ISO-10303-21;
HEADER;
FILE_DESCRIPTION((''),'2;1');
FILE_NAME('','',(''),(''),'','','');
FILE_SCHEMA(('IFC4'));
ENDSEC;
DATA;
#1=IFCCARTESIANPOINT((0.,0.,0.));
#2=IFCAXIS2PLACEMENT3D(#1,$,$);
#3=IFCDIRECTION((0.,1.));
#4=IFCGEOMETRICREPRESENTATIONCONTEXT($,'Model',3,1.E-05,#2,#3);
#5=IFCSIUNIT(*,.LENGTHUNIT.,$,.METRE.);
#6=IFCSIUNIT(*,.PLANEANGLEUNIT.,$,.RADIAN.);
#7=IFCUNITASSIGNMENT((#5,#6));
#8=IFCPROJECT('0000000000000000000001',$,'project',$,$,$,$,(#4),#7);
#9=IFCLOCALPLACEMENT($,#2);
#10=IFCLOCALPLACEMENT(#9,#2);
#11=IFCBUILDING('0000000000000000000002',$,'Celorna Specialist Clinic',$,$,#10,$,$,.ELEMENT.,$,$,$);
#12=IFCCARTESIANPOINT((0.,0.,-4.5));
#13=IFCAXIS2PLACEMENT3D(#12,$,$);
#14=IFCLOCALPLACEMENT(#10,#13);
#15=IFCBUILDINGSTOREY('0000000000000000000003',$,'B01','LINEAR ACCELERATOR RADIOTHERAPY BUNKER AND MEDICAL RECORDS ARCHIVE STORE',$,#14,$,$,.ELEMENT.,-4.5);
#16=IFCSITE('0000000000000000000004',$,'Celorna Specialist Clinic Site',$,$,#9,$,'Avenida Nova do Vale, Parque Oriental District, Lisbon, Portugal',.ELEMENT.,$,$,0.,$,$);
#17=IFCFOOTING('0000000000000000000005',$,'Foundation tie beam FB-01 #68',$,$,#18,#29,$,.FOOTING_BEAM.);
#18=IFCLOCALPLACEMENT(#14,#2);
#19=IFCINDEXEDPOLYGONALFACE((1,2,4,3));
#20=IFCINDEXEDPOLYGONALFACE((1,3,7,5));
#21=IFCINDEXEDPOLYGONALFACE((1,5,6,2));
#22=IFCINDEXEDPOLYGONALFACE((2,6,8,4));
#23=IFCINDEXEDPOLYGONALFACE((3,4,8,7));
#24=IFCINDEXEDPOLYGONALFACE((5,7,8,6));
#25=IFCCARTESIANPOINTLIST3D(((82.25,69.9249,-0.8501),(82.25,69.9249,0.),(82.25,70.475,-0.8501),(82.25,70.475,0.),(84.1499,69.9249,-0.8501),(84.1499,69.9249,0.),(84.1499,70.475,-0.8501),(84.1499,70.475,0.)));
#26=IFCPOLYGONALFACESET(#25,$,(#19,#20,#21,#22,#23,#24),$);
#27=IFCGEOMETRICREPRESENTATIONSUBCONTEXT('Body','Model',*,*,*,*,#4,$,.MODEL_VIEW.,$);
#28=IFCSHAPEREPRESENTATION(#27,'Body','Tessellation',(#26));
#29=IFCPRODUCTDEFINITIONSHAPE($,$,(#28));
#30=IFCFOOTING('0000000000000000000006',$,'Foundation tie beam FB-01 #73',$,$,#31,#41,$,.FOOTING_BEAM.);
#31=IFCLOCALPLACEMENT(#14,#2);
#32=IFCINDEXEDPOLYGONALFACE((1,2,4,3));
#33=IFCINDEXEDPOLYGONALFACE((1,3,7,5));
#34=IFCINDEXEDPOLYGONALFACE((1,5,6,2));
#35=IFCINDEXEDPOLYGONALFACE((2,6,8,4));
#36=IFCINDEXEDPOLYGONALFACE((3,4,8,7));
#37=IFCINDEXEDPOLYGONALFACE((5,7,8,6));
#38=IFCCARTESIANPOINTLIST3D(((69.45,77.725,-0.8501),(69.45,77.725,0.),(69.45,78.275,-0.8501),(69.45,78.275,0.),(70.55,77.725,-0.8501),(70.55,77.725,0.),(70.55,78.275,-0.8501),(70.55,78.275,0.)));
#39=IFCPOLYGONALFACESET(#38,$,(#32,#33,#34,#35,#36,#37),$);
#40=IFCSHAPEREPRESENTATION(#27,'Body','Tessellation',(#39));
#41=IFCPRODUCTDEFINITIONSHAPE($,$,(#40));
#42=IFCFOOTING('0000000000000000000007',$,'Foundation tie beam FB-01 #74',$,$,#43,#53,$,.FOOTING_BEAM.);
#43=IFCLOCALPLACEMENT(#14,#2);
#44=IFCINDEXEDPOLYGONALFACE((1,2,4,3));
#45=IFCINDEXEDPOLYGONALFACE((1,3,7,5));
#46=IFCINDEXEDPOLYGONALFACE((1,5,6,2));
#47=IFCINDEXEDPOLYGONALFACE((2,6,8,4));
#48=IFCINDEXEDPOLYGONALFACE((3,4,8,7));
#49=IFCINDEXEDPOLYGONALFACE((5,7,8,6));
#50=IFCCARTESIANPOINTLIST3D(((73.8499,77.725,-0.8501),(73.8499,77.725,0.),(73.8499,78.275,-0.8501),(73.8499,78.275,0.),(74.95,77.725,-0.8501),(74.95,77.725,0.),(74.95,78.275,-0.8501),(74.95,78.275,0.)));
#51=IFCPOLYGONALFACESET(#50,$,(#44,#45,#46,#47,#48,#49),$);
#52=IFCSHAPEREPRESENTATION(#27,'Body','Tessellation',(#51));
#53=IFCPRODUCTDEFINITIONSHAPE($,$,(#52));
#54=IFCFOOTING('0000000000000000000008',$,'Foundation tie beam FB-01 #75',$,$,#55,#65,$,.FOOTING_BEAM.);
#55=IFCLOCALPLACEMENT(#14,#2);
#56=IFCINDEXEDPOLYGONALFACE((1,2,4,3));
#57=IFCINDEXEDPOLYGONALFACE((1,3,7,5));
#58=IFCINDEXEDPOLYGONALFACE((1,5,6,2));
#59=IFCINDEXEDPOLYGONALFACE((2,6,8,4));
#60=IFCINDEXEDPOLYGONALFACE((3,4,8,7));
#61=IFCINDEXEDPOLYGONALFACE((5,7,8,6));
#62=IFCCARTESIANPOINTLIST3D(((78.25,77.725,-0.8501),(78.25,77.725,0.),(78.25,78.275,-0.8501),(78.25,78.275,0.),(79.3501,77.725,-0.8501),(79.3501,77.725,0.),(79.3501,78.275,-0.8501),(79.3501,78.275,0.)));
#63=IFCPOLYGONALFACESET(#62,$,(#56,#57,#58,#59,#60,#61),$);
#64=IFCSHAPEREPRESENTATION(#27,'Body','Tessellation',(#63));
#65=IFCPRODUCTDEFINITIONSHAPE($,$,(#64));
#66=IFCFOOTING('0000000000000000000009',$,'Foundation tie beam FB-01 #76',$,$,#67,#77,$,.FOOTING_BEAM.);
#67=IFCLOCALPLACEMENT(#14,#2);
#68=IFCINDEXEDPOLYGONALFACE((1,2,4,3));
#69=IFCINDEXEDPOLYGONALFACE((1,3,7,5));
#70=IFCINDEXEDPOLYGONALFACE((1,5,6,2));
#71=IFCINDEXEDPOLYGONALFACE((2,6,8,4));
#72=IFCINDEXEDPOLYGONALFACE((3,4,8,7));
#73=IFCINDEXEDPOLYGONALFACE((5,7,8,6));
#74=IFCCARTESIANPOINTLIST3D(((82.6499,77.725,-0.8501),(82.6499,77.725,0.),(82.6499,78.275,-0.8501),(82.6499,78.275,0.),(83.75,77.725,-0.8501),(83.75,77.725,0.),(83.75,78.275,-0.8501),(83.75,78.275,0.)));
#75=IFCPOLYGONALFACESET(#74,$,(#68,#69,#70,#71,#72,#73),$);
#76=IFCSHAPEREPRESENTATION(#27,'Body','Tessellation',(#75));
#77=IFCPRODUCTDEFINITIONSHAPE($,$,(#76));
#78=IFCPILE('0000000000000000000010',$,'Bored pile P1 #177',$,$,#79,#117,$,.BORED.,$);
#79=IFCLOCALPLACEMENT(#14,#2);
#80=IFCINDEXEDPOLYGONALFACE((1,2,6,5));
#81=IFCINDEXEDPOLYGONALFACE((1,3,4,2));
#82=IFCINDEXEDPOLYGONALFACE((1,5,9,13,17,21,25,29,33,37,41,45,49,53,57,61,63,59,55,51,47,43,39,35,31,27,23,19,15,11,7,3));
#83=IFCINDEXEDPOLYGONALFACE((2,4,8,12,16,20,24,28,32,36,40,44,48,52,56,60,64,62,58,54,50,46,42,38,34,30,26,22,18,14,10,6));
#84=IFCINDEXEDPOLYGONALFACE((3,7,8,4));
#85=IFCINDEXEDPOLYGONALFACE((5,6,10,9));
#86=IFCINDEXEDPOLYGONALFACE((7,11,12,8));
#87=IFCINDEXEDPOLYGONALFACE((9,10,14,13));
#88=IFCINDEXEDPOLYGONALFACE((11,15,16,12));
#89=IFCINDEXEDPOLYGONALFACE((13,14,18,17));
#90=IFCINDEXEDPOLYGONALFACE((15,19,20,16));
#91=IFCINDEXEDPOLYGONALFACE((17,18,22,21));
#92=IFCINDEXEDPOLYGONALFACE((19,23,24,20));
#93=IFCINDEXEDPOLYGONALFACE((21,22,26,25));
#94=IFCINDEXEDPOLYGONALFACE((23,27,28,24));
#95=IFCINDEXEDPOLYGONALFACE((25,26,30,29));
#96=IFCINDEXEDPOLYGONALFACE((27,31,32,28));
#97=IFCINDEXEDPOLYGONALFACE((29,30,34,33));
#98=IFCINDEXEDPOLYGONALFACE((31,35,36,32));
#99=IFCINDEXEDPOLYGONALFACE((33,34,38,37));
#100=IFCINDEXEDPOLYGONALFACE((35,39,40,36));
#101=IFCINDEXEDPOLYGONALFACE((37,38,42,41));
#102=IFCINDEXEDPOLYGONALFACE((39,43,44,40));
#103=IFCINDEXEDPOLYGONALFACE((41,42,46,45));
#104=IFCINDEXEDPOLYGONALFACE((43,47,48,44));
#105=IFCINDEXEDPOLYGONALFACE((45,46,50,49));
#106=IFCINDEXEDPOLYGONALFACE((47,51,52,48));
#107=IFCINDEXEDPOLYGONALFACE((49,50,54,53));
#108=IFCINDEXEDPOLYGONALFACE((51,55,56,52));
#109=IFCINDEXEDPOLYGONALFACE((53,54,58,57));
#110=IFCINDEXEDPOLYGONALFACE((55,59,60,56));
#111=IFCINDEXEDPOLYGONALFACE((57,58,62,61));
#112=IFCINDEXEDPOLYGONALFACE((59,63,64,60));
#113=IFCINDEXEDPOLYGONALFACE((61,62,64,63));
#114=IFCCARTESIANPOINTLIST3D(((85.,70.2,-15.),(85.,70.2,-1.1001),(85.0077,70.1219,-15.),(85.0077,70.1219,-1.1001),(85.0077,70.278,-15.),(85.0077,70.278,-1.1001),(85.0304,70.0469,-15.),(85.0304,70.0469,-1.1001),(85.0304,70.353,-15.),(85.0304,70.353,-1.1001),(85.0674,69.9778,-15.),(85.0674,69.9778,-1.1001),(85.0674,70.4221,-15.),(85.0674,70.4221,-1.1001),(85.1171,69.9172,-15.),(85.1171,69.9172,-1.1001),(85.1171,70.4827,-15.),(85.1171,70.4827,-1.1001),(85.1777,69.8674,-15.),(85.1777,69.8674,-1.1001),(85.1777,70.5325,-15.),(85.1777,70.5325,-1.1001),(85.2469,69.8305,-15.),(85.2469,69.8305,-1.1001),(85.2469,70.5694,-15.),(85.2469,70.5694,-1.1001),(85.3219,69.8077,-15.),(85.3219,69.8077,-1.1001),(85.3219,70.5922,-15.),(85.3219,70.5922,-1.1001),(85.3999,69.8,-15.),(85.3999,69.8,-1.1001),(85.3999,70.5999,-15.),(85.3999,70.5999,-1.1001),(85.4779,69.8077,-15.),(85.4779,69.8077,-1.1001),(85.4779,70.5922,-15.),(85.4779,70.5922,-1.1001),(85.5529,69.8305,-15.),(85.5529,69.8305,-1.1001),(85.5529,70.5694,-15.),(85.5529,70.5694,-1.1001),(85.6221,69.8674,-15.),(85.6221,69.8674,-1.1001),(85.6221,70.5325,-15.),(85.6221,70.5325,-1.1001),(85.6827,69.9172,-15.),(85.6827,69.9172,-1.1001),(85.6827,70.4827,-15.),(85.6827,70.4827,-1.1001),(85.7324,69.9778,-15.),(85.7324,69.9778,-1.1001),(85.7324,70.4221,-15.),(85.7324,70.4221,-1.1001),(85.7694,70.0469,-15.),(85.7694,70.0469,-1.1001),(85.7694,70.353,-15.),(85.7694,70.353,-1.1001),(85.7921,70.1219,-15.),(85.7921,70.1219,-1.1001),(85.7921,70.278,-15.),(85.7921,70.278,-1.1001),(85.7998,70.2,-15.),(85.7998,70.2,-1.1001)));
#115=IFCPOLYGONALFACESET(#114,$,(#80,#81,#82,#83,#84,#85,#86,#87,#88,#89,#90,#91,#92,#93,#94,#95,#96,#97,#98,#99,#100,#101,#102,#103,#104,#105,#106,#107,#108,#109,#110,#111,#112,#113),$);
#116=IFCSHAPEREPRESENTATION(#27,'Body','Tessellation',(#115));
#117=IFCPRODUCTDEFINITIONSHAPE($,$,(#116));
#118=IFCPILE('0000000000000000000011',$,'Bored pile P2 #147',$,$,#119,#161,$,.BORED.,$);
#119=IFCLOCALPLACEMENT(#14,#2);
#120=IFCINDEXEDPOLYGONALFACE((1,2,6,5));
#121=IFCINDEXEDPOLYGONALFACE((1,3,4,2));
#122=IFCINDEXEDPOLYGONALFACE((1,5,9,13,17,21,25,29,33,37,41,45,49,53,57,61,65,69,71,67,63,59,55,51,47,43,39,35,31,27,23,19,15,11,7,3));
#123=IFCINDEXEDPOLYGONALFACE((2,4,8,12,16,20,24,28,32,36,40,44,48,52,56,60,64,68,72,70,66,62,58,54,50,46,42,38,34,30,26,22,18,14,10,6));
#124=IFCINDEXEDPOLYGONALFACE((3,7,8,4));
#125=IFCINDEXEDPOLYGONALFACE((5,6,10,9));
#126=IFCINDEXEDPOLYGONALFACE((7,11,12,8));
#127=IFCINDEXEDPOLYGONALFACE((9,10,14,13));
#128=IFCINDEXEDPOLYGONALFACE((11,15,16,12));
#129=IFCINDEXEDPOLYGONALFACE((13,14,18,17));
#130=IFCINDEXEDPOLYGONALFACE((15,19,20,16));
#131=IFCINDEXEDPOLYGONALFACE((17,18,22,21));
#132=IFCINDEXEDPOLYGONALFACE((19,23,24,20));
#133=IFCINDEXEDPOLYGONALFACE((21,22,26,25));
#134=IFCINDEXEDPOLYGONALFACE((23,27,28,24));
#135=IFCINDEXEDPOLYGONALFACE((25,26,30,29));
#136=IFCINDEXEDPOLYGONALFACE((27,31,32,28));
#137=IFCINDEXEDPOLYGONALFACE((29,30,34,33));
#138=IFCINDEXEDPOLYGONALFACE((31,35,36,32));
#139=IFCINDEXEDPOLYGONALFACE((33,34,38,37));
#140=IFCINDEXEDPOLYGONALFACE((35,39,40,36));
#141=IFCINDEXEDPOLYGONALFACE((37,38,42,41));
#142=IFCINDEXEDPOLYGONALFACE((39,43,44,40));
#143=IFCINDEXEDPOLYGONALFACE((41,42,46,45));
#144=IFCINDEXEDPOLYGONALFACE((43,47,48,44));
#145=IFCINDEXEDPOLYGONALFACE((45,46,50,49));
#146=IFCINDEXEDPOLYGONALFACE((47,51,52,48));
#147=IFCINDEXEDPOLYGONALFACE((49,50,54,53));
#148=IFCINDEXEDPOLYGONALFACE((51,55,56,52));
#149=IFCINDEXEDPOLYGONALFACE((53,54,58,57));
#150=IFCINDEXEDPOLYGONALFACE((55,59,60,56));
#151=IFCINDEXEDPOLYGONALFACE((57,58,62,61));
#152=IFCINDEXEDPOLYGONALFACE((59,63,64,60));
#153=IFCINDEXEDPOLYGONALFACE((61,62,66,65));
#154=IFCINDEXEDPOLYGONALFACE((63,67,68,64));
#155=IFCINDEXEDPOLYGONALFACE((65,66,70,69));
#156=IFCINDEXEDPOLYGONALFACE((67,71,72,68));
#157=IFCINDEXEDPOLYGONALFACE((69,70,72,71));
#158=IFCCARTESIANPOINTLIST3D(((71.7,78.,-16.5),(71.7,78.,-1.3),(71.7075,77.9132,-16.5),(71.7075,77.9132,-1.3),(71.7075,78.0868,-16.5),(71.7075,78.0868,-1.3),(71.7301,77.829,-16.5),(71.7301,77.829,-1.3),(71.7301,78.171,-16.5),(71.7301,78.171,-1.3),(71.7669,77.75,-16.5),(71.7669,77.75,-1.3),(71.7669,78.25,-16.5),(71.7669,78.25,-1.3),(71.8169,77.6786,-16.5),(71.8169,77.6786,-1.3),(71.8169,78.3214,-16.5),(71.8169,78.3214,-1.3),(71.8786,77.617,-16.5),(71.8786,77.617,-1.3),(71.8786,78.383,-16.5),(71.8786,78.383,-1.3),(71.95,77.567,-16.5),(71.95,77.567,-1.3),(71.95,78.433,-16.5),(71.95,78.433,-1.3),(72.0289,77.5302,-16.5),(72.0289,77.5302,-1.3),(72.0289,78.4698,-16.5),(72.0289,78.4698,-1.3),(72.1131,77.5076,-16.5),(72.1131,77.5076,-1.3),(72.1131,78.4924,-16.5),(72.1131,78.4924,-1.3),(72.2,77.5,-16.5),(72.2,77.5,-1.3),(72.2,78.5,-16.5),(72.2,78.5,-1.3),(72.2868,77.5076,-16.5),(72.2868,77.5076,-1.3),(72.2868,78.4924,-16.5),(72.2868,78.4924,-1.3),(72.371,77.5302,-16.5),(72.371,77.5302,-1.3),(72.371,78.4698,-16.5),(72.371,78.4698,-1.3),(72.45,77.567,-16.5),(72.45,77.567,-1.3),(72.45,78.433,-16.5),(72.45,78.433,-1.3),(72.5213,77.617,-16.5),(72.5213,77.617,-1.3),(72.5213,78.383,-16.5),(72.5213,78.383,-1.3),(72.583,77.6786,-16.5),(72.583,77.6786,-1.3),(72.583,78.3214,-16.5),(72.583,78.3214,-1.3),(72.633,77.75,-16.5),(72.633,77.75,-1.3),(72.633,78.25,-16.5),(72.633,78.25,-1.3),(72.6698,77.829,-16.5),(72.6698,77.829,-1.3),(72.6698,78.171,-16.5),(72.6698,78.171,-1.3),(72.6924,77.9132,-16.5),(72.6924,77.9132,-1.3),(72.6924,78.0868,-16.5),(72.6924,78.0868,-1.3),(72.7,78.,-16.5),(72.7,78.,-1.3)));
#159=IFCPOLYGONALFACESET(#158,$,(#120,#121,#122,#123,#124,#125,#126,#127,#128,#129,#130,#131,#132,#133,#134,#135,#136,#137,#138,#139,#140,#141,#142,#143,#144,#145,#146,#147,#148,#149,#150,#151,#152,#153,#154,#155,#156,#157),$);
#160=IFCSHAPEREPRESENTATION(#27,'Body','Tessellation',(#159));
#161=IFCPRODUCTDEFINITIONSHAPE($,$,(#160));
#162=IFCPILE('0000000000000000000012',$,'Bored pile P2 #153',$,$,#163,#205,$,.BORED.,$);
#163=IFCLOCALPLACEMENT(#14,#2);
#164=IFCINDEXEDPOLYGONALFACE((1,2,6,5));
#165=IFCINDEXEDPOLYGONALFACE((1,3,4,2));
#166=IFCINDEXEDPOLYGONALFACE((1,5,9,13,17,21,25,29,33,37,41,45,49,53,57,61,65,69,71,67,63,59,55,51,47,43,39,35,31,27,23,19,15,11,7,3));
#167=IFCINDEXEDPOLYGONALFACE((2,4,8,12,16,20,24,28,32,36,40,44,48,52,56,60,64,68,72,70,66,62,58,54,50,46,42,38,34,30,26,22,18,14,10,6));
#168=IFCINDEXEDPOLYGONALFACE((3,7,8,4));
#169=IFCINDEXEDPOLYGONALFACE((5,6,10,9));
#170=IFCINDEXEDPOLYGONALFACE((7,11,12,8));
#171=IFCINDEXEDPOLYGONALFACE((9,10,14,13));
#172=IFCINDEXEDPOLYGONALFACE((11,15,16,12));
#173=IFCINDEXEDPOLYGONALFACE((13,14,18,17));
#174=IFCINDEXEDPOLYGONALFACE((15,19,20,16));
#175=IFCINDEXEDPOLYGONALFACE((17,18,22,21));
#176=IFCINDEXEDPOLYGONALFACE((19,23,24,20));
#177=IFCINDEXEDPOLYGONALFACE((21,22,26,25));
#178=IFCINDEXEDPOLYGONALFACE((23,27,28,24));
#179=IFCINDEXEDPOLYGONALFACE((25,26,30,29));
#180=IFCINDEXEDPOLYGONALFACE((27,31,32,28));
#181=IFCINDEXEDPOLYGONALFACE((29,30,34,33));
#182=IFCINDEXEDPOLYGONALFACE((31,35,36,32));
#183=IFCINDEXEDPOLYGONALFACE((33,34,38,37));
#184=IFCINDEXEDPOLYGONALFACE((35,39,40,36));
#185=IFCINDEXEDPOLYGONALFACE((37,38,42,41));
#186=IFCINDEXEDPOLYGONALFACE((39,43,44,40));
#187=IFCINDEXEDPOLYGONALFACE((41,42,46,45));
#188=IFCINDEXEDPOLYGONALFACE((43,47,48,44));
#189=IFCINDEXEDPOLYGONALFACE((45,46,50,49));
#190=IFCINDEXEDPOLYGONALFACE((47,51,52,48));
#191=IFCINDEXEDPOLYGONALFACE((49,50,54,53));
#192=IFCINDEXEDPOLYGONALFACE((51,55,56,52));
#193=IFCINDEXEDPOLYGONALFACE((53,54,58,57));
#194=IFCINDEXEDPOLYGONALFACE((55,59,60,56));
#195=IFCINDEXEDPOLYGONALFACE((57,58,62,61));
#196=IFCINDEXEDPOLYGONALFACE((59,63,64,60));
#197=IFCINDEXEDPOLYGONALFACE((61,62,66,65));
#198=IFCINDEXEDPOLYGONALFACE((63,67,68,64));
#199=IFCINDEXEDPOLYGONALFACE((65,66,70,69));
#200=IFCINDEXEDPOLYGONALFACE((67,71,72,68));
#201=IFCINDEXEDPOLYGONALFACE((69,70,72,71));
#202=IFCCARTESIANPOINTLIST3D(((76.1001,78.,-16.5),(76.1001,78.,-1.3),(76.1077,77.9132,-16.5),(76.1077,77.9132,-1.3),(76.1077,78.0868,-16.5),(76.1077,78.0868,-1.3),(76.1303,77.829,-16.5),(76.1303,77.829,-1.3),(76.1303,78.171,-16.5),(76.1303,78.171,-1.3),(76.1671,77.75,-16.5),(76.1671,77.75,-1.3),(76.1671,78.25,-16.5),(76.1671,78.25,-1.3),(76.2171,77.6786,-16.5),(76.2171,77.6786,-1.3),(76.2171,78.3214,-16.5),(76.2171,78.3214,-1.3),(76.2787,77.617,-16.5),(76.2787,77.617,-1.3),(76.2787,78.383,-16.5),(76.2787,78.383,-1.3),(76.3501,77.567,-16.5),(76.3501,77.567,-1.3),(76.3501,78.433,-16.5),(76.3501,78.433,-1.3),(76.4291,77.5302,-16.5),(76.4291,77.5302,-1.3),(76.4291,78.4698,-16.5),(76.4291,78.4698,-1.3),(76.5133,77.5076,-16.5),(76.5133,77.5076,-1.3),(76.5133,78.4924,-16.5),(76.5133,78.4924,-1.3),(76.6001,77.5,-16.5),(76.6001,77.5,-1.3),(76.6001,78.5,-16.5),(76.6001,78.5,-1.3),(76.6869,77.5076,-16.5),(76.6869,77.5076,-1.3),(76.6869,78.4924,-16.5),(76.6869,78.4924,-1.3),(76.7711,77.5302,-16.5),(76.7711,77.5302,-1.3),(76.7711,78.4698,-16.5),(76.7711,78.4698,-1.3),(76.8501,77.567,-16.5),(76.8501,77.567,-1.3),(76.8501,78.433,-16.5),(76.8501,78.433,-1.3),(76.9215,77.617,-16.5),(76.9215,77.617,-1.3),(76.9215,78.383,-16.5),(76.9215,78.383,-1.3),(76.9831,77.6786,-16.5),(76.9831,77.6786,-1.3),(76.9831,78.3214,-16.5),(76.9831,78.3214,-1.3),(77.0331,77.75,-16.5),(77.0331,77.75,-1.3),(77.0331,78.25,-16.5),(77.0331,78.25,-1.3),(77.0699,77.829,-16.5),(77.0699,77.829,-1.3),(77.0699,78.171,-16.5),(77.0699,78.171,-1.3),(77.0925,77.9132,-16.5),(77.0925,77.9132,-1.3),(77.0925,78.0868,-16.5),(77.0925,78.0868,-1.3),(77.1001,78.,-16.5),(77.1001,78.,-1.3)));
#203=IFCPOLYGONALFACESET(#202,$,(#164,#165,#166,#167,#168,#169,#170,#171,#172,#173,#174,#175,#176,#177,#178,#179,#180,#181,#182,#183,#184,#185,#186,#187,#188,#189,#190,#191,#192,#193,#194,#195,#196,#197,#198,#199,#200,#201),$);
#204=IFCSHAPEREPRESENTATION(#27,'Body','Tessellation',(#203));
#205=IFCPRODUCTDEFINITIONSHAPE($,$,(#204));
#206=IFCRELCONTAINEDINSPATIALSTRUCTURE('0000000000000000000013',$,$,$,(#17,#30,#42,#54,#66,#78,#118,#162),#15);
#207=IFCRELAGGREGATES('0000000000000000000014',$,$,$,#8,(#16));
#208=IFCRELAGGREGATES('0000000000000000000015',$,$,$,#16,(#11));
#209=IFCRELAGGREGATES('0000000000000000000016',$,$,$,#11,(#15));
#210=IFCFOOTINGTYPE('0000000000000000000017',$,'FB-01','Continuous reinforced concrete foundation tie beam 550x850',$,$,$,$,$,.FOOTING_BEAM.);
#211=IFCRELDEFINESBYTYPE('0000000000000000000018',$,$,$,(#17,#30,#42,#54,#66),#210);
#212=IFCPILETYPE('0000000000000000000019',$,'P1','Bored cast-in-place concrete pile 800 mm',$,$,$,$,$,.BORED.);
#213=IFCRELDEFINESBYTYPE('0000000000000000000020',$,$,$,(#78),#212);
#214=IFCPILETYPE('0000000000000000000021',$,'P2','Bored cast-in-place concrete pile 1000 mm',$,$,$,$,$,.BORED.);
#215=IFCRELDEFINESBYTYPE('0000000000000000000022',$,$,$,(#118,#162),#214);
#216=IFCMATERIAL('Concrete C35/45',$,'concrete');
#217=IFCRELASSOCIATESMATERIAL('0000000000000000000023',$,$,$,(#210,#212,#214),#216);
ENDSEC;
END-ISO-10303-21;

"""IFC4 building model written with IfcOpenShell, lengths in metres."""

from ifc_helpers import new_model, si_unit, direction, frame, origin, origin_2d, place, context, subcontext, project, spatial, rectangle, circle, extrude, material, material_profile, profile_set, type_object, element, save


model = new_model("IFC4")

# Units and contexts
model_context = context("Model", 3, precision=1e-05, world=origin(), true_north=direction((0.0, 1.0)))
body_context = subcontext(model_context, "Body", "Model", "MODEL_VIEW")
ifc_project = project(units=[si_unit("LENGTHUNIT", "METRE"), si_unit("PLANEANGLEUNIT", "RADIAN")], contexts=[model_context])

# Site, building, storey
site_placement = place(None, origin())
site = spatial("IfcSite", under=ifc_project, at=site_placement, Name="Celorna Specialist Clinic Site", LongName="Avenida Nova do Vale, Parque Oriental District, Lisbon, Portugal", CompositionType="ELEMENT", RefElevation=0.0)
building_placement = place(site_placement, origin())
building = spatial("IfcBuilding", under=site, at=building_placement, Name="Celorna Specialist Clinic", CompositionType="ELEMENT")
storey_placement = place(building_placement, frame((0.0, 0.0, -4.5)))
storey = spatial("IfcBuildingStorey", under=building, at=storey_placement, Name="B01", Description="LINEAR ACCELERATOR RADIOTHERAPY BUNKER AND MEDICAL RECORDS ARCHIVE STORE", CompositionType="ELEMENT", Elevation=-4.5)

# Footings
ifc_material_1 = material(Name="Concrete C35/45", Category="concrete")
footing_type_1 = type_object("IfcFootingType", Name="FB-01", Description="Continuous reinforced concrete foundation tie beam 550x850", PredefinedType="FOOTING_BEAM", material=ifc_material_1)
footing_1_placement = place(storey_placement, frame((83.2, 70.2, -0.8501), z_axis=(0.0, 0.0, 1.0), x_axis=(1.0, 0.0, 0.0)))
element("IfcFooting", 1, at=footing_1_placement, inside=storey, type_object=footing_type_1, Name="Foundation tie beam FB-01 #68", PredefinedType="FOOTING_BEAM", context=body_context, shape_type="SweptSolid", body=[
    extrude(rectangle(XDim=1.8999, YDim=0.55, at=origin_2d()), origin(), (0.0, 0.0, 1.0), 0.8501),
])
for number, where, z_axis, x_axis, name in (
    (2, (70.0, 78.0, -0.8501), (0.0, 0.0, 1.0), (1.0, 0.0, 0.0), "Foundation tie beam FB-01 #73"),
    (3, (74.3999, 78.0, -0.8501), (0.0, 0.0, 1.0), (1.0, 0.0, 0.0), "Foundation tie beam FB-01 #74"),
    (4, (78.8, 78.0, -0.8501), (0.0, 0.0, 1.0), (1.0, 0.0, 0.0), "Foundation tie beam FB-01 #75"),
    (5, (83.2, 78.0, -0.8501), (0.0, 0.0, 1.0), (1.0, 0.0, 0.0), "Foundation tie beam FB-01 #76"),
):
    element("IfcFooting", number, at=place(storey_placement, frame(where, z_axis=z_axis, x_axis=x_axis)), inside=storey, type_object=footing_type_1, Name=name, PredefinedType="FOOTING_BEAM", context=body_context, shape_type="SweptSolid", body=[
        extrude(rectangle(XDim=1.1001, YDim=0.55, at=origin_2d()), origin(), (0.0, 0.0, 1.0), 0.8501),
    ])

# Piles
ifc_material_profile_1 = material_profile(ifc_material_1, circle(Radius=0.3999, at=origin_2d()), Name="BORED PILE 800")
ifc_profile_set_1 = profile_set([ifc_material_profile_1], Name="Concrete C35/45")
pile_type_1 = type_object("IfcPileType", Name="P1", Description="Bored cast-in-place concrete pile 800 mm", PredefinedType="BORED", material=ifc_profile_set_1)
pile_placement = place(storey_placement, frame((85.3999, 70.2, -1.1001), z_axis=(0.0, 0.0, -1.0), x_axis=(1.0, 0.0, 0.0)))
element("IfcPile", 6, at=pile_placement, inside=storey, type_object=pile_type_1, Name="Bored pile P1 #177", PredefinedType="BORED", context=body_context, shape_type="SweptSolid", body=[
    extrude(circle(Radius=0.3999, at=origin_2d()), origin(), (0.0, 0.0, 1.0), 13.8999),
])
ifc_material_profile_2 = material_profile(ifc_material_1, circle(Radius=0.5, at=origin_2d()), Name="BORED PILE 1000")
ifc_profile_set_2 = profile_set([ifc_material_profile_2], Name="Concrete C35/45")
pile_type_2 = type_object("IfcPileType", Name="P2", Description="Bored cast-in-place concrete pile 1000 mm", PredefinedType="BORED", material=ifc_profile_set_2)
for number, where, z_axis, x_axis, name in (
    (7, (72.2, 78.0, -1.3), (0.0, 0.0, -1.0), (1.0, 0.0, 0.0), "Bored pile P2 #147"),
    (8, (76.6001, 78.0, -1.3), (0.0, 0.0, -1.0), (1.0, 0.0, 0.0), "Bored pile P2 #153"),
):
    element("IfcPile", number, at=place(storey_placement, frame(where, z_axis=z_axis, x_axis=x_axis)), inside=storey, type_object=pile_type_2, Name=name, PredefinedType="BORED", context=body_context, shape_type="SweptSolid", body=[
        extrude(circle(Radius=0.5, at=origin_2d()), origin(), (0.0, 0.0, 1.0), 15.2),
    ])

save(model, "model.ifc")
